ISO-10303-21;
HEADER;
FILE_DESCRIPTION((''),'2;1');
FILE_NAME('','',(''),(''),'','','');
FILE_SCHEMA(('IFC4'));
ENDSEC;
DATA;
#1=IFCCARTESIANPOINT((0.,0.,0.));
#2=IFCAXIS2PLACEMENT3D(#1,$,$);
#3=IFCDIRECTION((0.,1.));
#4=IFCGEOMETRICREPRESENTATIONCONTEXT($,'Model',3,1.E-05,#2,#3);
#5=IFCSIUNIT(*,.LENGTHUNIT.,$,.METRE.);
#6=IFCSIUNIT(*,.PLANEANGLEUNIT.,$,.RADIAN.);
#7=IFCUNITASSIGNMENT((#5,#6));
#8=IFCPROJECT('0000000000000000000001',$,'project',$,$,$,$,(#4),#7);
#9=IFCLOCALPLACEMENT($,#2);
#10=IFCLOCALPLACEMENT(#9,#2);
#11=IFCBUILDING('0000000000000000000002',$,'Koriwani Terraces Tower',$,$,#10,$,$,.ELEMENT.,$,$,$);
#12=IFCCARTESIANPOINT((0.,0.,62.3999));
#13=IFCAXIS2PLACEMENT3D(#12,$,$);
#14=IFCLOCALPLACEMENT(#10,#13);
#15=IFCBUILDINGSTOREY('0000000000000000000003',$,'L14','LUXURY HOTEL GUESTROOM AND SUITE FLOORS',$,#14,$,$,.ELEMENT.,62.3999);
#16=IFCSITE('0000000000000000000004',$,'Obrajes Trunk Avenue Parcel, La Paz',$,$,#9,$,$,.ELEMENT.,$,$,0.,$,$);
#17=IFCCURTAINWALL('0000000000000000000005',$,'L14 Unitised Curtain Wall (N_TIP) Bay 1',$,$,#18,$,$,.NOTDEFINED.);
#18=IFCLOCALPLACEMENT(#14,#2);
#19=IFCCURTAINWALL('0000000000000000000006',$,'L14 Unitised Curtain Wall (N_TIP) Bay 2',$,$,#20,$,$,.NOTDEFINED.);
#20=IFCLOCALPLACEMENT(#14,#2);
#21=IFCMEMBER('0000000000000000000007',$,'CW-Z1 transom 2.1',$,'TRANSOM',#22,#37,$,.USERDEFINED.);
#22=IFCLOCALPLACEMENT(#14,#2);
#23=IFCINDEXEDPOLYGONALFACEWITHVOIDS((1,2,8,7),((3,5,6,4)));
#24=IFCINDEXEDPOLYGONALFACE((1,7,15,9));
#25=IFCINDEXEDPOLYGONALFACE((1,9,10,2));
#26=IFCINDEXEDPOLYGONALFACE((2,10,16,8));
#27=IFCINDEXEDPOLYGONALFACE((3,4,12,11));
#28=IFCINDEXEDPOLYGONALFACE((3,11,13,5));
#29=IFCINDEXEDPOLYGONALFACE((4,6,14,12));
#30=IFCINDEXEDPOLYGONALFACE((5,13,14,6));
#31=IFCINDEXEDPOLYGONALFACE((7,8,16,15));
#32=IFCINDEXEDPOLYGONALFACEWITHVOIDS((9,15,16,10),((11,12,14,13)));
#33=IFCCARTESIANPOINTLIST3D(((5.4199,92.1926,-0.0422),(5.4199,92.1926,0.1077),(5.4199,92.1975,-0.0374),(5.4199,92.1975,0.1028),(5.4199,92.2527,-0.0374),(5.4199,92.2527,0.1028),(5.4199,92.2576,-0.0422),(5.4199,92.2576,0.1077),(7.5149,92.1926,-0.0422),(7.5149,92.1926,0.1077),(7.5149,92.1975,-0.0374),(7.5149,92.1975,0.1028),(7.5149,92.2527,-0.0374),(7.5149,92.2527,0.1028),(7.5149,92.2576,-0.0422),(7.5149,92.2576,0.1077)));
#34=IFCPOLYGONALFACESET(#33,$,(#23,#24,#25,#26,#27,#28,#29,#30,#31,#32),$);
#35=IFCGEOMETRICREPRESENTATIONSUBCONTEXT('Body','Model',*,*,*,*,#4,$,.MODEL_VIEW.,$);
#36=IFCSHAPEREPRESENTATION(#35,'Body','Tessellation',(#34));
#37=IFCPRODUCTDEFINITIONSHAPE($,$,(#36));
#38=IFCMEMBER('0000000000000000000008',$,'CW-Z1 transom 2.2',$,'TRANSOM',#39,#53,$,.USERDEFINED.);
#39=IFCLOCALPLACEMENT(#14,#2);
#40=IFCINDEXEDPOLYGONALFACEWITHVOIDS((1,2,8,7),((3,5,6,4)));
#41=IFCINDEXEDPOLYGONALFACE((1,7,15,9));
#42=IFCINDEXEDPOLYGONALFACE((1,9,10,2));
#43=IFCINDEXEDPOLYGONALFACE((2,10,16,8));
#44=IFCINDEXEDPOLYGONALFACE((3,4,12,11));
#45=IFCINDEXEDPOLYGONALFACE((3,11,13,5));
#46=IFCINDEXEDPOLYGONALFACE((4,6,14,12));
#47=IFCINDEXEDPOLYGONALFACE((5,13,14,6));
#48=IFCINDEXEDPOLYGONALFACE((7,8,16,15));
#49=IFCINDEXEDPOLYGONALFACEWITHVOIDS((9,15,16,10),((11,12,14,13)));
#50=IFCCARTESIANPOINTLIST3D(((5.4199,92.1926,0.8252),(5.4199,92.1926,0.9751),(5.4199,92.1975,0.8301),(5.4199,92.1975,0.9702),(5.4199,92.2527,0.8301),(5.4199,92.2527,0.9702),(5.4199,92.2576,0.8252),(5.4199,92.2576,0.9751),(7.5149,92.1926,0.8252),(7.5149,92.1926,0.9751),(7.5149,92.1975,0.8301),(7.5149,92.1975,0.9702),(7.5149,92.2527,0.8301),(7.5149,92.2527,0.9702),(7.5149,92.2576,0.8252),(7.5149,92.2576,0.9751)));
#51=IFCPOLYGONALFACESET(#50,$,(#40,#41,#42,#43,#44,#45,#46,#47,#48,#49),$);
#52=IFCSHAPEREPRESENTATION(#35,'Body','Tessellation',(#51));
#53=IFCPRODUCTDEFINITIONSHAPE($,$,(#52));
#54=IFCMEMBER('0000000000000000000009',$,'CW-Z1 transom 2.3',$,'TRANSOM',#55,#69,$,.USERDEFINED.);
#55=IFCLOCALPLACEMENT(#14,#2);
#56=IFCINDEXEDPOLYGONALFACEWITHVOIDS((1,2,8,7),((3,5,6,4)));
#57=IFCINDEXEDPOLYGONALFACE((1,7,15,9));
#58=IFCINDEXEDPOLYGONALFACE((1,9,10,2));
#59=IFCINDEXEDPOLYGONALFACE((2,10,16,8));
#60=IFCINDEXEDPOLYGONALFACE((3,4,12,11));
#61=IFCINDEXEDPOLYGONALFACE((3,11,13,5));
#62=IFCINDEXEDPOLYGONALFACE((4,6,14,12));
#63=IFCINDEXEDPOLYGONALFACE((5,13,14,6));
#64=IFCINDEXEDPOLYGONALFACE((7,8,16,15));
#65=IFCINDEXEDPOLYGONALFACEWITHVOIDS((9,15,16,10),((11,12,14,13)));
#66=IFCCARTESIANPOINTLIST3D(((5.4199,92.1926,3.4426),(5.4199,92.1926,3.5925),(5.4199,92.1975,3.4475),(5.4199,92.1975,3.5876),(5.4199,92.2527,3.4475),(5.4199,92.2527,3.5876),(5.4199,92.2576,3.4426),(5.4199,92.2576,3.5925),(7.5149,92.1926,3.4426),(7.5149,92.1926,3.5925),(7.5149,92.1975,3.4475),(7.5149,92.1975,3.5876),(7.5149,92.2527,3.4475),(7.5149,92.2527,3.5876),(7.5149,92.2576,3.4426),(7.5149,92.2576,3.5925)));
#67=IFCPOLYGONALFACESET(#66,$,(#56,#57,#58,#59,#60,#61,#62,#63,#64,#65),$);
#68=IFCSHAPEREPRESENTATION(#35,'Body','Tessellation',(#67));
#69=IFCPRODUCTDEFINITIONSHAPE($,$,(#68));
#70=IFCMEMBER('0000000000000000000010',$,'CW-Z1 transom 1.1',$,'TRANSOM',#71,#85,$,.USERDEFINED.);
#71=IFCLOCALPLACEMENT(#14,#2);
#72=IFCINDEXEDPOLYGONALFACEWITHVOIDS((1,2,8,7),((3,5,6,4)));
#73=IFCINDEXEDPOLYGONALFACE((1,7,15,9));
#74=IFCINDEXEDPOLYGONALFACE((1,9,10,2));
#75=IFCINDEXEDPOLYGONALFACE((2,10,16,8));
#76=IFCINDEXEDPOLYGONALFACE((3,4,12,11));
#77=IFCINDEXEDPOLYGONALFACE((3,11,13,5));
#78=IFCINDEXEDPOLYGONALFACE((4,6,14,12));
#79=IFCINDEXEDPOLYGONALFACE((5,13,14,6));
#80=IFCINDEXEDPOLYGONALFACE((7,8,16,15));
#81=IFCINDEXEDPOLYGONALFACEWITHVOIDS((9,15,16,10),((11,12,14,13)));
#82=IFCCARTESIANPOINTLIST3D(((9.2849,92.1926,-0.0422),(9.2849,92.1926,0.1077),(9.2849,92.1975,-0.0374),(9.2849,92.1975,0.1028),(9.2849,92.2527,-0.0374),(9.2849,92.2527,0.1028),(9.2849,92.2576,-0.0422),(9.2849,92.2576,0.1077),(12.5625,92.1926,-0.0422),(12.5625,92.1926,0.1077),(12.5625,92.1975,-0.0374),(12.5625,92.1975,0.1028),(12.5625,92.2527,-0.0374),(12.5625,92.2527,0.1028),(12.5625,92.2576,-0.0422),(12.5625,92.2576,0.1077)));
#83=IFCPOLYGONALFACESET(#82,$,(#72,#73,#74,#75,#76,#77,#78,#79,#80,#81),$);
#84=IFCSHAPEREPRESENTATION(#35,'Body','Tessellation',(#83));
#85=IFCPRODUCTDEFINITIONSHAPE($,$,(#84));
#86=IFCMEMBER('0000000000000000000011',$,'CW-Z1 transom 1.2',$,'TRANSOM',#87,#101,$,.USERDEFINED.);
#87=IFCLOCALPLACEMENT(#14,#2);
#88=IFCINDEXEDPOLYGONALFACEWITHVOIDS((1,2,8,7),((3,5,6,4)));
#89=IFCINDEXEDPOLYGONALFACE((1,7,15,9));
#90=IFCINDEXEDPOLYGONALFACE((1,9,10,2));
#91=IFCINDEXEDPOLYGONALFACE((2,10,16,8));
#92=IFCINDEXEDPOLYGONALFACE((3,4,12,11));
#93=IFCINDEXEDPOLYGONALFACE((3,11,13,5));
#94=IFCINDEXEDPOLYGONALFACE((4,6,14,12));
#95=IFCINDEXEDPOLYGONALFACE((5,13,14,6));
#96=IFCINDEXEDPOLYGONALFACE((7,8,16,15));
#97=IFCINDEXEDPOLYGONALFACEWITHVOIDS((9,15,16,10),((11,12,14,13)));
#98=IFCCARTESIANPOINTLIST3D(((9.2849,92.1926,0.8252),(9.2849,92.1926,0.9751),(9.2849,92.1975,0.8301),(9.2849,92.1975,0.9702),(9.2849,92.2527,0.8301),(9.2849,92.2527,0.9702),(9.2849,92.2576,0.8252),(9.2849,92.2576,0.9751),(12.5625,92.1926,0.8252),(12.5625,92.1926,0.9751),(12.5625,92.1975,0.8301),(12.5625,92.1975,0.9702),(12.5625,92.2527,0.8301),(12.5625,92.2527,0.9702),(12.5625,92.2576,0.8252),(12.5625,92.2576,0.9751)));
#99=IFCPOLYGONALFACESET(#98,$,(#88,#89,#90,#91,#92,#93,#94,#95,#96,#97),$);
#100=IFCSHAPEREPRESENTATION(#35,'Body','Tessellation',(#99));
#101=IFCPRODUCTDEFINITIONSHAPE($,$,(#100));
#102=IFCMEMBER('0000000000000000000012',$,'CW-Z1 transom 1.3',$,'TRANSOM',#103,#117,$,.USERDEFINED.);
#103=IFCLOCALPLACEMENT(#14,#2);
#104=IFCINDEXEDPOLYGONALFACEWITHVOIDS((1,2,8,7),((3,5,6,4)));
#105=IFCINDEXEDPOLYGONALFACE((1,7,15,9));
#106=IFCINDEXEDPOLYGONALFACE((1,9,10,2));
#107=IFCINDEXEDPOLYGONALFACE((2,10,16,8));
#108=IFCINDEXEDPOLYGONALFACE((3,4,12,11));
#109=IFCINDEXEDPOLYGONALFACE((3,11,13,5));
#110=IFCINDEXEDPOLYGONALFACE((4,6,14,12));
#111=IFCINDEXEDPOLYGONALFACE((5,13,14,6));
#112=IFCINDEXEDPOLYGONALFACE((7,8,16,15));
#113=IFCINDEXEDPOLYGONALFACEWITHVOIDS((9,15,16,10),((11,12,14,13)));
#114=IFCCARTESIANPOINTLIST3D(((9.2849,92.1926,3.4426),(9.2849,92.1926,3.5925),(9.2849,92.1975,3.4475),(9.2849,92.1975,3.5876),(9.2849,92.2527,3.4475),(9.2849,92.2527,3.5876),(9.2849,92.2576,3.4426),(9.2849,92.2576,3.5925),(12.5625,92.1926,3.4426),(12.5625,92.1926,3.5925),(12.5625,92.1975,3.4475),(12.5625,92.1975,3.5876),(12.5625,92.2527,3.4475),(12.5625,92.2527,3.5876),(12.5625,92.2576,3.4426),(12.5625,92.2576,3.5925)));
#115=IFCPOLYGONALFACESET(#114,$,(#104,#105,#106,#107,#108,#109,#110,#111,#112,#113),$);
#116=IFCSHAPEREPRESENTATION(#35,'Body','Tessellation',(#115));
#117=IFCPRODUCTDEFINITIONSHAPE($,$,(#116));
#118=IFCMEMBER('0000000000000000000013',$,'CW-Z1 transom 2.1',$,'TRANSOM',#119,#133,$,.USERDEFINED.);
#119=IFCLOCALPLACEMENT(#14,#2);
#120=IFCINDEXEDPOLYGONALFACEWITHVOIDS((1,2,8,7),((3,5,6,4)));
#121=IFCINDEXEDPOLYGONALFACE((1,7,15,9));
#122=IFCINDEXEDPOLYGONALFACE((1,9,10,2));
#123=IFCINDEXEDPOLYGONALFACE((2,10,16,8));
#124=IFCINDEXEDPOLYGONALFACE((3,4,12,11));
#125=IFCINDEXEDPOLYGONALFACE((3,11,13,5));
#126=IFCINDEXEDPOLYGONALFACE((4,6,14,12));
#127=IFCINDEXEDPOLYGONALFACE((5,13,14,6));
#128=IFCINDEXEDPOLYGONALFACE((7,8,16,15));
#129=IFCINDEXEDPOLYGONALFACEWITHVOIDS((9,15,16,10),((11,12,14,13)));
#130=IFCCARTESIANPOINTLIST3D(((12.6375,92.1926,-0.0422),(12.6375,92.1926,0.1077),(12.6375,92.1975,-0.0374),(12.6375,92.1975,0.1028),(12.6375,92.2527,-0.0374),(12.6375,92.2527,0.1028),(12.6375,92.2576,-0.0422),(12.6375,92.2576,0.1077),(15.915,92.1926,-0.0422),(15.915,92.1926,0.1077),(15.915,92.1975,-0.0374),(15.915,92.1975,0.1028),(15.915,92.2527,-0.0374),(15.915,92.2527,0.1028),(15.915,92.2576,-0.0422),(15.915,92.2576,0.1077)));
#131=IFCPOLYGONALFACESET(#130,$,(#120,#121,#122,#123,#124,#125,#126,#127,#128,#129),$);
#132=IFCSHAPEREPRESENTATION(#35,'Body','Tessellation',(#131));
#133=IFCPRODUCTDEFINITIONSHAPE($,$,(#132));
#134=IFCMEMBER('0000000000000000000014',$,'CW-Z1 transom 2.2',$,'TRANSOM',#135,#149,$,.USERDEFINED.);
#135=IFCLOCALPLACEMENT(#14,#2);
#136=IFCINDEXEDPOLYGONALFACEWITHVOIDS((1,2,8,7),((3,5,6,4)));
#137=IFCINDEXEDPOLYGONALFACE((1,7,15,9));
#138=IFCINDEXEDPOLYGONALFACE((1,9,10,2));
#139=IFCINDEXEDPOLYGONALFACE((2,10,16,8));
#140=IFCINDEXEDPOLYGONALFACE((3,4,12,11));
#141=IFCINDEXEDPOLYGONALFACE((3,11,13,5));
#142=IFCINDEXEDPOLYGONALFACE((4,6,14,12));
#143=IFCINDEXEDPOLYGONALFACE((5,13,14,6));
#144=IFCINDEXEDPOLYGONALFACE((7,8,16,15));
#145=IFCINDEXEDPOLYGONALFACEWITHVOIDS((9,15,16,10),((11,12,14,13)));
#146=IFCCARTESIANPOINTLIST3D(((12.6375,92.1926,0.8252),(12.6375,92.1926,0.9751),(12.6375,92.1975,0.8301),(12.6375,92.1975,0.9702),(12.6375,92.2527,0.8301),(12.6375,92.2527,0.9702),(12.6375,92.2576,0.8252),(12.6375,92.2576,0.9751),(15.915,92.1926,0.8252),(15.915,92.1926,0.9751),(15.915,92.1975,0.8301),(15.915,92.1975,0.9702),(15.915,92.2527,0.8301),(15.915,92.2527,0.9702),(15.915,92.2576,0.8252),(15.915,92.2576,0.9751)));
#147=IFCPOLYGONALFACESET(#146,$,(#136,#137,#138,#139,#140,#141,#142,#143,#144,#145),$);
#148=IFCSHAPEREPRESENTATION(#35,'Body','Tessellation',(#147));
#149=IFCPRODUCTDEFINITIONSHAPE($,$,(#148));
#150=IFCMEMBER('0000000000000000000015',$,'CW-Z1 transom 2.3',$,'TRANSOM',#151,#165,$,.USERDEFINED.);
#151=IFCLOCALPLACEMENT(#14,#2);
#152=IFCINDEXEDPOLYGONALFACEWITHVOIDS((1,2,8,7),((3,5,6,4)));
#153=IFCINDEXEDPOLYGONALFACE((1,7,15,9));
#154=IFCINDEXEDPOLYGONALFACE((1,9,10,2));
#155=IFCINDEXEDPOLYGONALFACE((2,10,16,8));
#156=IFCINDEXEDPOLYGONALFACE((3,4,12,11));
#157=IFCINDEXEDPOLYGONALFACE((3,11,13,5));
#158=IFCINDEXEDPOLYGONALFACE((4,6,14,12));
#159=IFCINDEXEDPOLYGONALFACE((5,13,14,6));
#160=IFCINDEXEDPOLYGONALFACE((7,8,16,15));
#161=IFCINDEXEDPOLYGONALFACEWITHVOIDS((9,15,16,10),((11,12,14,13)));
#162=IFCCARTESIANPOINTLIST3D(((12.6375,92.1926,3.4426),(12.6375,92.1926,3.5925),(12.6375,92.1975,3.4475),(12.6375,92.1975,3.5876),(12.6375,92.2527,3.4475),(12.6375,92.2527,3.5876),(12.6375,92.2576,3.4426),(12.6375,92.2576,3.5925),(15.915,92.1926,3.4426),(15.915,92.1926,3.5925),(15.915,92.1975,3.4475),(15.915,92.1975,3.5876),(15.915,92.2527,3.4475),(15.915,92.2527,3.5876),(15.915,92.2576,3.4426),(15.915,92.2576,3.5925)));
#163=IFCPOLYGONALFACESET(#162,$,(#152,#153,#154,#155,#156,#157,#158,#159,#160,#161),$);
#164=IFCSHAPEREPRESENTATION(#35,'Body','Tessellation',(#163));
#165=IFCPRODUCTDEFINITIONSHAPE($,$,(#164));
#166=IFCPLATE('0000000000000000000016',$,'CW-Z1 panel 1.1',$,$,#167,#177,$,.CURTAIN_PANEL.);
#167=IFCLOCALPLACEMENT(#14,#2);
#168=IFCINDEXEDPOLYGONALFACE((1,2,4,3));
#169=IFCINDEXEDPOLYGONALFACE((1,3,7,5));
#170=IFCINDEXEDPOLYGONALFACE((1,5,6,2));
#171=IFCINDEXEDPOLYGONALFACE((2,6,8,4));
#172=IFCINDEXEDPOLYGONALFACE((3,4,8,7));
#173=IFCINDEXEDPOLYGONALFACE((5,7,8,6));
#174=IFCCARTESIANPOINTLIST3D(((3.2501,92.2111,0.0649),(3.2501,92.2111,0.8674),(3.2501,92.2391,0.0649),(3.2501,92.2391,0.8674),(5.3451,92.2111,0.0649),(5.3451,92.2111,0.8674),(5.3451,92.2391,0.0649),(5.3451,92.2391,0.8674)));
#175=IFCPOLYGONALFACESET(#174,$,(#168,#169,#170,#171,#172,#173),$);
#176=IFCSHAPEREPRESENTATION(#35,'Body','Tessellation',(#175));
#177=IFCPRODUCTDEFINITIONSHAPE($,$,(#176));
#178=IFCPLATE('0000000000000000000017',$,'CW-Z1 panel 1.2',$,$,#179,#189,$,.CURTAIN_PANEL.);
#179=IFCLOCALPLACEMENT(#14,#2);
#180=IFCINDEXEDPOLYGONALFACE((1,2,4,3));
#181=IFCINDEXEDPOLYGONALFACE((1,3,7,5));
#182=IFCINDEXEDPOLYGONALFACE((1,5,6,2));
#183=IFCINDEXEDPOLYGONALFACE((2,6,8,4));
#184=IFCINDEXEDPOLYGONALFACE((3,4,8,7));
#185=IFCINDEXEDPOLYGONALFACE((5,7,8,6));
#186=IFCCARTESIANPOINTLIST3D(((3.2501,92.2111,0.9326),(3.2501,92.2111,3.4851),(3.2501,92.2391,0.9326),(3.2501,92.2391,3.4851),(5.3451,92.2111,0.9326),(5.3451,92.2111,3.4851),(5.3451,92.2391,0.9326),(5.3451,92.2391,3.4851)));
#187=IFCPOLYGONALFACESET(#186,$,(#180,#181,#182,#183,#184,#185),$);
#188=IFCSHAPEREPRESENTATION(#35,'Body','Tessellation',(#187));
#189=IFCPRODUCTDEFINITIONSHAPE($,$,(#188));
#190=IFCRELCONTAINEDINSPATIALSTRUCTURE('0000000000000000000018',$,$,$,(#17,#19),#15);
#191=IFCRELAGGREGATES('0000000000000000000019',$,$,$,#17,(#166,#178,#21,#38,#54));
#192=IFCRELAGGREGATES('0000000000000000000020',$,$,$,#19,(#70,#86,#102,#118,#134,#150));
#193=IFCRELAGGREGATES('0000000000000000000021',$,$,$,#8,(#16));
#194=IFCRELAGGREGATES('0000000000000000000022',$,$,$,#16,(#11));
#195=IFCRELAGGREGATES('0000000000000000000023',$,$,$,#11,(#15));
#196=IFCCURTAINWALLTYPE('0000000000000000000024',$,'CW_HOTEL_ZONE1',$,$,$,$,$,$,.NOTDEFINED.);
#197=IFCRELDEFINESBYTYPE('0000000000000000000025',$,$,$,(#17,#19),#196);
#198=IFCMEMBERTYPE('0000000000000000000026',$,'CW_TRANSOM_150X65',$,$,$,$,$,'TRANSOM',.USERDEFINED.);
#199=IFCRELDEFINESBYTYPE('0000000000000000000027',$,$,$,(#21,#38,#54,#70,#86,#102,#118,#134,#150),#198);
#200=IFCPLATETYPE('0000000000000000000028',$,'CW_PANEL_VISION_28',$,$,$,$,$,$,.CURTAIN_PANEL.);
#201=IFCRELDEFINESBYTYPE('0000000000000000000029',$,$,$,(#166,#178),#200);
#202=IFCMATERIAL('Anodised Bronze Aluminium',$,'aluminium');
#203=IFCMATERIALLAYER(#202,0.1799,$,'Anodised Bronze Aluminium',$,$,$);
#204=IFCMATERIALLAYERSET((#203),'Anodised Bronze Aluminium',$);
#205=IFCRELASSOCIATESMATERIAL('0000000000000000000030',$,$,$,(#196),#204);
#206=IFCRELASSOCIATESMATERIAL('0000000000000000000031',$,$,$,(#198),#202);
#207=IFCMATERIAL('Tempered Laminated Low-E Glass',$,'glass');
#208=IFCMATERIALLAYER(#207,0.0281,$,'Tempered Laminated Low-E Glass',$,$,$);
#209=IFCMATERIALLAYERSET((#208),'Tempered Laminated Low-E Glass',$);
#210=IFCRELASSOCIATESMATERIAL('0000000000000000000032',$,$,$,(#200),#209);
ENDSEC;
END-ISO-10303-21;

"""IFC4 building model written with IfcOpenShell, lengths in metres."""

from ifc_helpers import new_model, si_unit, direction, frame, origin, origin_2d, place, context, subcontext, project, spatial, rectangle, hollow_rectangle, extrude, material, layer, layer_set, material_profile, profile_set, type_object, element, aggregate, save


model = new_model("IFC4")

# Units and contexts
model_context = context("Model", 3, precision=1e-05, world=origin(), true_north=direction((0.0, 1.0)))
body_context = subcontext(model_context, "Body", "Model", "MODEL_VIEW")
ifc_project = project(units=[si_unit("LENGTHUNIT", "METRE"), si_unit("PLANEANGLEUNIT", "RADIAN")], contexts=[model_context])

# Site, building, storey
site_placement = place(None, origin())
site = spatial("IfcSite", under=ifc_project, at=site_placement, Name="Obrajes Trunk Avenue Parcel, La Paz", CompositionType="ELEMENT", RefElevation=0.0)
building_placement = place(site_placement, origin())
building = spatial("IfcBuilding", under=site, at=building_placement, Name="Koriwani Terraces Tower", CompositionType="ELEMENT")
storey_placement = place(building_placement, frame((0.0, 0.0, 62.3999)))
storey = spatial("IfcBuildingStorey", under=building, at=storey_placement, Name="L14", Description="LUXURY HOTEL GUESTROOM AND SUITE FLOORS", CompositionType="ELEMENT", Elevation=62.3999)

# Curtain walls
ifc_material_1 = material(Name="Anodised Bronze Aluminium", Category="aluminium")
ifc_layer_1 = layer(ifc_material_1, 0.1799, Name="Anodised Bronze Aluminium")
ifc_layer_set_1 = layer_set([ifc_layer_1], Name="Anodised Bronze Aluminium")
curtain_wall_type = type_object("IfcCurtainWallType", Name="CW_HOTEL_ZONE1", PredefinedType="NOTDEFINED", material=ifc_layer_set_1)
curtain_wall_1_placement = place(storey_placement, origin())
curtain_wall_1 = element("IfcCurtainWall", 1, at=curtain_wall_1_placement, inside=storey, type_object=curtain_wall_type, Name="L14 Unitised Curtain Wall (N_TIP) Bay 1", PredefinedType="NOTDEFINED")
curtain_wall_2_placement = place(storey_placement, origin())
curtain_wall_2 = element("IfcCurtainWall", 2, at=curtain_wall_2_placement, inside=storey, type_object=curtain_wall_type, Name="L14 Unitised Curtain Wall (N_TIP) Bay 2", PredefinedType="NOTDEFINED")

# Members
ifc_material_profile_1 = material_profile(ifc_material_1, hollow_rectangle(XDim=0.0649, YDim=0.1499, WallThickness=0.0049, at=origin_2d()), Name="Anodised Bronze Aluminium", Category="LoadBearing")
ifc_profile_set_1 = profile_set([ifc_material_profile_1], Name="Anodised Bronze Aluminium")
member_type_1 = type_object("IfcMemberType", Name="CW_TRANSOM_150X65", ElementType="TRANSOM", PredefinedType="USERDEFINED", material=ifc_profile_set_1)
member_1_placement = place(storey_placement, frame((5.4199, 92.2251, 0.0327), z_axis=(1.0, 0.0, 0.0), x_axis=(0.0, 1.0, 0.0)))
member_1 = element("IfcMember", 3, at=member_1_placement, type_object=member_type_1, Name="CW-Z1 transom 2.1", ObjectType="TRANSOM", PredefinedType="USERDEFINED", context=body_context, shape_type="SweptSolid", body=[
    extrude(hollow_rectangle(XDim=0.0649, YDim=0.1499, WallThickness=0.0049, at=origin_2d()), origin(), (0.0, 0.0, 1.0), 2.095),
])
member_2_placement = place(storey_placement, frame((5.4199, 92.2251, 0.9001), z_axis=(1.0, 0.0, 0.0), x_axis=(0.0, 1.0, 0.0)))
member_2 = element("IfcMember", 4, at=member_2_placement, type_object=member_type_1, Name="CW-Z1 transom 2.2", ObjectType="TRANSOM", PredefinedType="USERDEFINED", context=body_context, shape_type="SweptSolid", body=[
    extrude(hollow_rectangle(XDim=0.0649, YDim=0.1499, WallThickness=0.0049, at=origin_2d()), origin(), (0.0, 0.0, 1.0), 2.095),
])
member_3_placement = place(storey_placement, frame((5.4199, 92.2251, 3.5176), z_axis=(1.0, 0.0, 0.0), x_axis=(0.0, 1.0, 0.0)))
member_3 = element("IfcMember", 5, at=member_3_placement, type_object=member_type_1, Name="CW-Z1 transom 2.3", ObjectType="TRANSOM", PredefinedType="USERDEFINED", context=body_context, shape_type="SweptSolid", body=[
    extrude(hollow_rectangle(XDim=0.0649, YDim=0.1499, WallThickness=0.0049, at=origin_2d()), origin(), (0.0, 0.0, 1.0), 2.095),
])
member_4_placement = place(storey_placement, frame((9.2849, 92.2251, 0.0327), z_axis=(1.0, 0.0, 0.0), x_axis=(0.0, 1.0, 0.0)))
member_4 = element("IfcMember", 6, at=member_4_placement, type_object=member_type_1, Name="CW-Z1 transom 1.1", ObjectType="TRANSOM", PredefinedType="USERDEFINED", context=body_context, shape_type="SweptSolid", body=[
    extrude(hollow_rectangle(XDim=0.0649, YDim=0.1499, WallThickness=0.0049, at=origin_2d()), origin(), (0.0, 0.0, 1.0), 3.2776),
])
member_5_placement = place(storey_placement, frame((9.2849, 92.2251, 0.9001), z_axis=(1.0, 0.0, 0.0), x_axis=(0.0, 1.0, 0.0)))
member_5 = element("IfcMember", 7, at=member_5_placement, type_object=member_type_1, Name="CW-Z1 transom 1.2", ObjectType="TRANSOM", PredefinedType="USERDEFINED", context=body_context, shape_type="SweptSolid", body=[
    extrude(hollow_rectangle(XDim=0.0649, YDim=0.1499, WallThickness=0.0049, at=origin_2d()), origin(), (0.0, 0.0, 1.0), 3.2776),
])
member_6_placement = place(storey_placement, frame((9.2849, 92.2251, 3.5176), z_axis=(1.0, 0.0, 0.0), x_axis=(0.0, 1.0, 0.0)))
member_6 = element("IfcMember", 8, at=member_6_placement, type_object=member_type_1, Name="CW-Z1 transom 1.3", ObjectType="TRANSOM", PredefinedType="USERDEFINED", context=body_context, shape_type="SweptSolid", body=[
    extrude(hollow_rectangle(XDim=0.0649, YDim=0.1499, WallThickness=0.0049, at=origin_2d()), origin(), (0.0, 0.0, 1.0), 3.2776),
])
member_7_placement = place(storey_placement, frame((12.6375, 92.2251, 0.0327), z_axis=(1.0, 0.0, 0.0), x_axis=(0.0, 1.0, 0.0)))
member_7 = element("IfcMember", 9, at=member_7_placement, type_object=member_type_1, Name="CW-Z1 transom 2.1", ObjectType="TRANSOM", PredefinedType="USERDEFINED", context=body_context, shape_type="SweptSolid", body=[
    extrude(hollow_rectangle(XDim=0.0649, YDim=0.1499, WallThickness=0.0049, at=origin_2d()), origin(), (0.0, 0.0, 1.0), 3.2776),
])
member_8_placement = place(storey_placement, frame((12.6375, 92.2251, 0.9001), z_axis=(1.0, 0.0, 0.0), x_axis=(0.0, 1.0, 0.0)))
member_8 = element("IfcMember", 10, at=member_8_placement, type_object=member_type_1, Name="CW-Z1 transom 2.2", ObjectType="TRANSOM", PredefinedType="USERDEFINED", context=body_context, shape_type="SweptSolid", body=[
    extrude(hollow_rectangle(XDim=0.0649, YDim=0.1499, WallThickness=0.0049, at=origin_2d()), origin(), (0.0, 0.0, 1.0), 3.2776),
])
member_9_placement = place(storey_placement, frame((12.6375, 92.2251, 3.5176), z_axis=(1.0, 0.0, 0.0), x_axis=(0.0, 1.0, 0.0)))
member_9 = element("IfcMember", 11, at=member_9_placement, type_object=member_type_1, Name="CW-Z1 transom 2.3", ObjectType="TRANSOM", PredefinedType="USERDEFINED", context=body_context, shape_type="SweptSolid", body=[
    extrude(hollow_rectangle(XDim=0.0649, YDim=0.1499, WallThickness=0.0049, at=origin_2d()), origin(), (0.0, 0.0, 1.0), 3.2776),
])

# Plates
ifc_material_2 = material(Name="Tempered Laminated Low-E Glass", Category="glass")
ifc_layer_2 = layer(ifc_material_2, 0.0281, Name="Tempered Laminated Low-E Glass")
ifc_layer_set_2 = layer_set([ifc_layer_2], Name="Tempered Laminated Low-E Glass")
plate_type = type_object("IfcPlateType", Name="CW_PANEL_VISION_28", PredefinedType="CURTAIN_PANEL", material=ifc_layer_set_2)
plate_1_placement = place(storey_placement, frame((4.2976, 92.2251, 0.0649), z_axis=(0.0, 0.0, 1.0), x_axis=(1.0, 0.0, 0.0)))
plate_1 = element("IfcPlate", 12, at=plate_1_placement, type_object=plate_type, Name="CW-Z1 panel 1.1", PredefinedType="CURTAIN_PANEL", context=body_context, shape_type="SweptSolid", body=[
    extrude(rectangle(XDim=2.095, YDim=0.0281, at=origin_2d()), origin(), (0.0, 0.0, 1.0), 0.8025),
])
plate_2_placement = place(storey_placement, frame((4.2976, 92.2251, 0.9326), z_axis=(0.0, 0.0, 1.0), x_axis=(1.0, 0.0, 0.0)))
plate_2 = element("IfcPlate", 13, at=plate_2_placement, type_object=plate_type, Name="CW-Z1 panel 1.2", PredefinedType="CURTAIN_PANEL", context=body_context, shape_type="SweptSolid", body=[
    extrude(rectangle(XDim=2.095, YDim=0.0281, at=origin_2d()), origin(), (0.0, 0.0, 1.0), 2.5525),
])
aggregate(curtain_wall_1, [plate_1, plate_2, member_1, member_2, member_3])
aggregate(curtain_wall_2, [member_4, member_5, member_6, member_7, member_8, member_9])

save(model, "model.ifc")
